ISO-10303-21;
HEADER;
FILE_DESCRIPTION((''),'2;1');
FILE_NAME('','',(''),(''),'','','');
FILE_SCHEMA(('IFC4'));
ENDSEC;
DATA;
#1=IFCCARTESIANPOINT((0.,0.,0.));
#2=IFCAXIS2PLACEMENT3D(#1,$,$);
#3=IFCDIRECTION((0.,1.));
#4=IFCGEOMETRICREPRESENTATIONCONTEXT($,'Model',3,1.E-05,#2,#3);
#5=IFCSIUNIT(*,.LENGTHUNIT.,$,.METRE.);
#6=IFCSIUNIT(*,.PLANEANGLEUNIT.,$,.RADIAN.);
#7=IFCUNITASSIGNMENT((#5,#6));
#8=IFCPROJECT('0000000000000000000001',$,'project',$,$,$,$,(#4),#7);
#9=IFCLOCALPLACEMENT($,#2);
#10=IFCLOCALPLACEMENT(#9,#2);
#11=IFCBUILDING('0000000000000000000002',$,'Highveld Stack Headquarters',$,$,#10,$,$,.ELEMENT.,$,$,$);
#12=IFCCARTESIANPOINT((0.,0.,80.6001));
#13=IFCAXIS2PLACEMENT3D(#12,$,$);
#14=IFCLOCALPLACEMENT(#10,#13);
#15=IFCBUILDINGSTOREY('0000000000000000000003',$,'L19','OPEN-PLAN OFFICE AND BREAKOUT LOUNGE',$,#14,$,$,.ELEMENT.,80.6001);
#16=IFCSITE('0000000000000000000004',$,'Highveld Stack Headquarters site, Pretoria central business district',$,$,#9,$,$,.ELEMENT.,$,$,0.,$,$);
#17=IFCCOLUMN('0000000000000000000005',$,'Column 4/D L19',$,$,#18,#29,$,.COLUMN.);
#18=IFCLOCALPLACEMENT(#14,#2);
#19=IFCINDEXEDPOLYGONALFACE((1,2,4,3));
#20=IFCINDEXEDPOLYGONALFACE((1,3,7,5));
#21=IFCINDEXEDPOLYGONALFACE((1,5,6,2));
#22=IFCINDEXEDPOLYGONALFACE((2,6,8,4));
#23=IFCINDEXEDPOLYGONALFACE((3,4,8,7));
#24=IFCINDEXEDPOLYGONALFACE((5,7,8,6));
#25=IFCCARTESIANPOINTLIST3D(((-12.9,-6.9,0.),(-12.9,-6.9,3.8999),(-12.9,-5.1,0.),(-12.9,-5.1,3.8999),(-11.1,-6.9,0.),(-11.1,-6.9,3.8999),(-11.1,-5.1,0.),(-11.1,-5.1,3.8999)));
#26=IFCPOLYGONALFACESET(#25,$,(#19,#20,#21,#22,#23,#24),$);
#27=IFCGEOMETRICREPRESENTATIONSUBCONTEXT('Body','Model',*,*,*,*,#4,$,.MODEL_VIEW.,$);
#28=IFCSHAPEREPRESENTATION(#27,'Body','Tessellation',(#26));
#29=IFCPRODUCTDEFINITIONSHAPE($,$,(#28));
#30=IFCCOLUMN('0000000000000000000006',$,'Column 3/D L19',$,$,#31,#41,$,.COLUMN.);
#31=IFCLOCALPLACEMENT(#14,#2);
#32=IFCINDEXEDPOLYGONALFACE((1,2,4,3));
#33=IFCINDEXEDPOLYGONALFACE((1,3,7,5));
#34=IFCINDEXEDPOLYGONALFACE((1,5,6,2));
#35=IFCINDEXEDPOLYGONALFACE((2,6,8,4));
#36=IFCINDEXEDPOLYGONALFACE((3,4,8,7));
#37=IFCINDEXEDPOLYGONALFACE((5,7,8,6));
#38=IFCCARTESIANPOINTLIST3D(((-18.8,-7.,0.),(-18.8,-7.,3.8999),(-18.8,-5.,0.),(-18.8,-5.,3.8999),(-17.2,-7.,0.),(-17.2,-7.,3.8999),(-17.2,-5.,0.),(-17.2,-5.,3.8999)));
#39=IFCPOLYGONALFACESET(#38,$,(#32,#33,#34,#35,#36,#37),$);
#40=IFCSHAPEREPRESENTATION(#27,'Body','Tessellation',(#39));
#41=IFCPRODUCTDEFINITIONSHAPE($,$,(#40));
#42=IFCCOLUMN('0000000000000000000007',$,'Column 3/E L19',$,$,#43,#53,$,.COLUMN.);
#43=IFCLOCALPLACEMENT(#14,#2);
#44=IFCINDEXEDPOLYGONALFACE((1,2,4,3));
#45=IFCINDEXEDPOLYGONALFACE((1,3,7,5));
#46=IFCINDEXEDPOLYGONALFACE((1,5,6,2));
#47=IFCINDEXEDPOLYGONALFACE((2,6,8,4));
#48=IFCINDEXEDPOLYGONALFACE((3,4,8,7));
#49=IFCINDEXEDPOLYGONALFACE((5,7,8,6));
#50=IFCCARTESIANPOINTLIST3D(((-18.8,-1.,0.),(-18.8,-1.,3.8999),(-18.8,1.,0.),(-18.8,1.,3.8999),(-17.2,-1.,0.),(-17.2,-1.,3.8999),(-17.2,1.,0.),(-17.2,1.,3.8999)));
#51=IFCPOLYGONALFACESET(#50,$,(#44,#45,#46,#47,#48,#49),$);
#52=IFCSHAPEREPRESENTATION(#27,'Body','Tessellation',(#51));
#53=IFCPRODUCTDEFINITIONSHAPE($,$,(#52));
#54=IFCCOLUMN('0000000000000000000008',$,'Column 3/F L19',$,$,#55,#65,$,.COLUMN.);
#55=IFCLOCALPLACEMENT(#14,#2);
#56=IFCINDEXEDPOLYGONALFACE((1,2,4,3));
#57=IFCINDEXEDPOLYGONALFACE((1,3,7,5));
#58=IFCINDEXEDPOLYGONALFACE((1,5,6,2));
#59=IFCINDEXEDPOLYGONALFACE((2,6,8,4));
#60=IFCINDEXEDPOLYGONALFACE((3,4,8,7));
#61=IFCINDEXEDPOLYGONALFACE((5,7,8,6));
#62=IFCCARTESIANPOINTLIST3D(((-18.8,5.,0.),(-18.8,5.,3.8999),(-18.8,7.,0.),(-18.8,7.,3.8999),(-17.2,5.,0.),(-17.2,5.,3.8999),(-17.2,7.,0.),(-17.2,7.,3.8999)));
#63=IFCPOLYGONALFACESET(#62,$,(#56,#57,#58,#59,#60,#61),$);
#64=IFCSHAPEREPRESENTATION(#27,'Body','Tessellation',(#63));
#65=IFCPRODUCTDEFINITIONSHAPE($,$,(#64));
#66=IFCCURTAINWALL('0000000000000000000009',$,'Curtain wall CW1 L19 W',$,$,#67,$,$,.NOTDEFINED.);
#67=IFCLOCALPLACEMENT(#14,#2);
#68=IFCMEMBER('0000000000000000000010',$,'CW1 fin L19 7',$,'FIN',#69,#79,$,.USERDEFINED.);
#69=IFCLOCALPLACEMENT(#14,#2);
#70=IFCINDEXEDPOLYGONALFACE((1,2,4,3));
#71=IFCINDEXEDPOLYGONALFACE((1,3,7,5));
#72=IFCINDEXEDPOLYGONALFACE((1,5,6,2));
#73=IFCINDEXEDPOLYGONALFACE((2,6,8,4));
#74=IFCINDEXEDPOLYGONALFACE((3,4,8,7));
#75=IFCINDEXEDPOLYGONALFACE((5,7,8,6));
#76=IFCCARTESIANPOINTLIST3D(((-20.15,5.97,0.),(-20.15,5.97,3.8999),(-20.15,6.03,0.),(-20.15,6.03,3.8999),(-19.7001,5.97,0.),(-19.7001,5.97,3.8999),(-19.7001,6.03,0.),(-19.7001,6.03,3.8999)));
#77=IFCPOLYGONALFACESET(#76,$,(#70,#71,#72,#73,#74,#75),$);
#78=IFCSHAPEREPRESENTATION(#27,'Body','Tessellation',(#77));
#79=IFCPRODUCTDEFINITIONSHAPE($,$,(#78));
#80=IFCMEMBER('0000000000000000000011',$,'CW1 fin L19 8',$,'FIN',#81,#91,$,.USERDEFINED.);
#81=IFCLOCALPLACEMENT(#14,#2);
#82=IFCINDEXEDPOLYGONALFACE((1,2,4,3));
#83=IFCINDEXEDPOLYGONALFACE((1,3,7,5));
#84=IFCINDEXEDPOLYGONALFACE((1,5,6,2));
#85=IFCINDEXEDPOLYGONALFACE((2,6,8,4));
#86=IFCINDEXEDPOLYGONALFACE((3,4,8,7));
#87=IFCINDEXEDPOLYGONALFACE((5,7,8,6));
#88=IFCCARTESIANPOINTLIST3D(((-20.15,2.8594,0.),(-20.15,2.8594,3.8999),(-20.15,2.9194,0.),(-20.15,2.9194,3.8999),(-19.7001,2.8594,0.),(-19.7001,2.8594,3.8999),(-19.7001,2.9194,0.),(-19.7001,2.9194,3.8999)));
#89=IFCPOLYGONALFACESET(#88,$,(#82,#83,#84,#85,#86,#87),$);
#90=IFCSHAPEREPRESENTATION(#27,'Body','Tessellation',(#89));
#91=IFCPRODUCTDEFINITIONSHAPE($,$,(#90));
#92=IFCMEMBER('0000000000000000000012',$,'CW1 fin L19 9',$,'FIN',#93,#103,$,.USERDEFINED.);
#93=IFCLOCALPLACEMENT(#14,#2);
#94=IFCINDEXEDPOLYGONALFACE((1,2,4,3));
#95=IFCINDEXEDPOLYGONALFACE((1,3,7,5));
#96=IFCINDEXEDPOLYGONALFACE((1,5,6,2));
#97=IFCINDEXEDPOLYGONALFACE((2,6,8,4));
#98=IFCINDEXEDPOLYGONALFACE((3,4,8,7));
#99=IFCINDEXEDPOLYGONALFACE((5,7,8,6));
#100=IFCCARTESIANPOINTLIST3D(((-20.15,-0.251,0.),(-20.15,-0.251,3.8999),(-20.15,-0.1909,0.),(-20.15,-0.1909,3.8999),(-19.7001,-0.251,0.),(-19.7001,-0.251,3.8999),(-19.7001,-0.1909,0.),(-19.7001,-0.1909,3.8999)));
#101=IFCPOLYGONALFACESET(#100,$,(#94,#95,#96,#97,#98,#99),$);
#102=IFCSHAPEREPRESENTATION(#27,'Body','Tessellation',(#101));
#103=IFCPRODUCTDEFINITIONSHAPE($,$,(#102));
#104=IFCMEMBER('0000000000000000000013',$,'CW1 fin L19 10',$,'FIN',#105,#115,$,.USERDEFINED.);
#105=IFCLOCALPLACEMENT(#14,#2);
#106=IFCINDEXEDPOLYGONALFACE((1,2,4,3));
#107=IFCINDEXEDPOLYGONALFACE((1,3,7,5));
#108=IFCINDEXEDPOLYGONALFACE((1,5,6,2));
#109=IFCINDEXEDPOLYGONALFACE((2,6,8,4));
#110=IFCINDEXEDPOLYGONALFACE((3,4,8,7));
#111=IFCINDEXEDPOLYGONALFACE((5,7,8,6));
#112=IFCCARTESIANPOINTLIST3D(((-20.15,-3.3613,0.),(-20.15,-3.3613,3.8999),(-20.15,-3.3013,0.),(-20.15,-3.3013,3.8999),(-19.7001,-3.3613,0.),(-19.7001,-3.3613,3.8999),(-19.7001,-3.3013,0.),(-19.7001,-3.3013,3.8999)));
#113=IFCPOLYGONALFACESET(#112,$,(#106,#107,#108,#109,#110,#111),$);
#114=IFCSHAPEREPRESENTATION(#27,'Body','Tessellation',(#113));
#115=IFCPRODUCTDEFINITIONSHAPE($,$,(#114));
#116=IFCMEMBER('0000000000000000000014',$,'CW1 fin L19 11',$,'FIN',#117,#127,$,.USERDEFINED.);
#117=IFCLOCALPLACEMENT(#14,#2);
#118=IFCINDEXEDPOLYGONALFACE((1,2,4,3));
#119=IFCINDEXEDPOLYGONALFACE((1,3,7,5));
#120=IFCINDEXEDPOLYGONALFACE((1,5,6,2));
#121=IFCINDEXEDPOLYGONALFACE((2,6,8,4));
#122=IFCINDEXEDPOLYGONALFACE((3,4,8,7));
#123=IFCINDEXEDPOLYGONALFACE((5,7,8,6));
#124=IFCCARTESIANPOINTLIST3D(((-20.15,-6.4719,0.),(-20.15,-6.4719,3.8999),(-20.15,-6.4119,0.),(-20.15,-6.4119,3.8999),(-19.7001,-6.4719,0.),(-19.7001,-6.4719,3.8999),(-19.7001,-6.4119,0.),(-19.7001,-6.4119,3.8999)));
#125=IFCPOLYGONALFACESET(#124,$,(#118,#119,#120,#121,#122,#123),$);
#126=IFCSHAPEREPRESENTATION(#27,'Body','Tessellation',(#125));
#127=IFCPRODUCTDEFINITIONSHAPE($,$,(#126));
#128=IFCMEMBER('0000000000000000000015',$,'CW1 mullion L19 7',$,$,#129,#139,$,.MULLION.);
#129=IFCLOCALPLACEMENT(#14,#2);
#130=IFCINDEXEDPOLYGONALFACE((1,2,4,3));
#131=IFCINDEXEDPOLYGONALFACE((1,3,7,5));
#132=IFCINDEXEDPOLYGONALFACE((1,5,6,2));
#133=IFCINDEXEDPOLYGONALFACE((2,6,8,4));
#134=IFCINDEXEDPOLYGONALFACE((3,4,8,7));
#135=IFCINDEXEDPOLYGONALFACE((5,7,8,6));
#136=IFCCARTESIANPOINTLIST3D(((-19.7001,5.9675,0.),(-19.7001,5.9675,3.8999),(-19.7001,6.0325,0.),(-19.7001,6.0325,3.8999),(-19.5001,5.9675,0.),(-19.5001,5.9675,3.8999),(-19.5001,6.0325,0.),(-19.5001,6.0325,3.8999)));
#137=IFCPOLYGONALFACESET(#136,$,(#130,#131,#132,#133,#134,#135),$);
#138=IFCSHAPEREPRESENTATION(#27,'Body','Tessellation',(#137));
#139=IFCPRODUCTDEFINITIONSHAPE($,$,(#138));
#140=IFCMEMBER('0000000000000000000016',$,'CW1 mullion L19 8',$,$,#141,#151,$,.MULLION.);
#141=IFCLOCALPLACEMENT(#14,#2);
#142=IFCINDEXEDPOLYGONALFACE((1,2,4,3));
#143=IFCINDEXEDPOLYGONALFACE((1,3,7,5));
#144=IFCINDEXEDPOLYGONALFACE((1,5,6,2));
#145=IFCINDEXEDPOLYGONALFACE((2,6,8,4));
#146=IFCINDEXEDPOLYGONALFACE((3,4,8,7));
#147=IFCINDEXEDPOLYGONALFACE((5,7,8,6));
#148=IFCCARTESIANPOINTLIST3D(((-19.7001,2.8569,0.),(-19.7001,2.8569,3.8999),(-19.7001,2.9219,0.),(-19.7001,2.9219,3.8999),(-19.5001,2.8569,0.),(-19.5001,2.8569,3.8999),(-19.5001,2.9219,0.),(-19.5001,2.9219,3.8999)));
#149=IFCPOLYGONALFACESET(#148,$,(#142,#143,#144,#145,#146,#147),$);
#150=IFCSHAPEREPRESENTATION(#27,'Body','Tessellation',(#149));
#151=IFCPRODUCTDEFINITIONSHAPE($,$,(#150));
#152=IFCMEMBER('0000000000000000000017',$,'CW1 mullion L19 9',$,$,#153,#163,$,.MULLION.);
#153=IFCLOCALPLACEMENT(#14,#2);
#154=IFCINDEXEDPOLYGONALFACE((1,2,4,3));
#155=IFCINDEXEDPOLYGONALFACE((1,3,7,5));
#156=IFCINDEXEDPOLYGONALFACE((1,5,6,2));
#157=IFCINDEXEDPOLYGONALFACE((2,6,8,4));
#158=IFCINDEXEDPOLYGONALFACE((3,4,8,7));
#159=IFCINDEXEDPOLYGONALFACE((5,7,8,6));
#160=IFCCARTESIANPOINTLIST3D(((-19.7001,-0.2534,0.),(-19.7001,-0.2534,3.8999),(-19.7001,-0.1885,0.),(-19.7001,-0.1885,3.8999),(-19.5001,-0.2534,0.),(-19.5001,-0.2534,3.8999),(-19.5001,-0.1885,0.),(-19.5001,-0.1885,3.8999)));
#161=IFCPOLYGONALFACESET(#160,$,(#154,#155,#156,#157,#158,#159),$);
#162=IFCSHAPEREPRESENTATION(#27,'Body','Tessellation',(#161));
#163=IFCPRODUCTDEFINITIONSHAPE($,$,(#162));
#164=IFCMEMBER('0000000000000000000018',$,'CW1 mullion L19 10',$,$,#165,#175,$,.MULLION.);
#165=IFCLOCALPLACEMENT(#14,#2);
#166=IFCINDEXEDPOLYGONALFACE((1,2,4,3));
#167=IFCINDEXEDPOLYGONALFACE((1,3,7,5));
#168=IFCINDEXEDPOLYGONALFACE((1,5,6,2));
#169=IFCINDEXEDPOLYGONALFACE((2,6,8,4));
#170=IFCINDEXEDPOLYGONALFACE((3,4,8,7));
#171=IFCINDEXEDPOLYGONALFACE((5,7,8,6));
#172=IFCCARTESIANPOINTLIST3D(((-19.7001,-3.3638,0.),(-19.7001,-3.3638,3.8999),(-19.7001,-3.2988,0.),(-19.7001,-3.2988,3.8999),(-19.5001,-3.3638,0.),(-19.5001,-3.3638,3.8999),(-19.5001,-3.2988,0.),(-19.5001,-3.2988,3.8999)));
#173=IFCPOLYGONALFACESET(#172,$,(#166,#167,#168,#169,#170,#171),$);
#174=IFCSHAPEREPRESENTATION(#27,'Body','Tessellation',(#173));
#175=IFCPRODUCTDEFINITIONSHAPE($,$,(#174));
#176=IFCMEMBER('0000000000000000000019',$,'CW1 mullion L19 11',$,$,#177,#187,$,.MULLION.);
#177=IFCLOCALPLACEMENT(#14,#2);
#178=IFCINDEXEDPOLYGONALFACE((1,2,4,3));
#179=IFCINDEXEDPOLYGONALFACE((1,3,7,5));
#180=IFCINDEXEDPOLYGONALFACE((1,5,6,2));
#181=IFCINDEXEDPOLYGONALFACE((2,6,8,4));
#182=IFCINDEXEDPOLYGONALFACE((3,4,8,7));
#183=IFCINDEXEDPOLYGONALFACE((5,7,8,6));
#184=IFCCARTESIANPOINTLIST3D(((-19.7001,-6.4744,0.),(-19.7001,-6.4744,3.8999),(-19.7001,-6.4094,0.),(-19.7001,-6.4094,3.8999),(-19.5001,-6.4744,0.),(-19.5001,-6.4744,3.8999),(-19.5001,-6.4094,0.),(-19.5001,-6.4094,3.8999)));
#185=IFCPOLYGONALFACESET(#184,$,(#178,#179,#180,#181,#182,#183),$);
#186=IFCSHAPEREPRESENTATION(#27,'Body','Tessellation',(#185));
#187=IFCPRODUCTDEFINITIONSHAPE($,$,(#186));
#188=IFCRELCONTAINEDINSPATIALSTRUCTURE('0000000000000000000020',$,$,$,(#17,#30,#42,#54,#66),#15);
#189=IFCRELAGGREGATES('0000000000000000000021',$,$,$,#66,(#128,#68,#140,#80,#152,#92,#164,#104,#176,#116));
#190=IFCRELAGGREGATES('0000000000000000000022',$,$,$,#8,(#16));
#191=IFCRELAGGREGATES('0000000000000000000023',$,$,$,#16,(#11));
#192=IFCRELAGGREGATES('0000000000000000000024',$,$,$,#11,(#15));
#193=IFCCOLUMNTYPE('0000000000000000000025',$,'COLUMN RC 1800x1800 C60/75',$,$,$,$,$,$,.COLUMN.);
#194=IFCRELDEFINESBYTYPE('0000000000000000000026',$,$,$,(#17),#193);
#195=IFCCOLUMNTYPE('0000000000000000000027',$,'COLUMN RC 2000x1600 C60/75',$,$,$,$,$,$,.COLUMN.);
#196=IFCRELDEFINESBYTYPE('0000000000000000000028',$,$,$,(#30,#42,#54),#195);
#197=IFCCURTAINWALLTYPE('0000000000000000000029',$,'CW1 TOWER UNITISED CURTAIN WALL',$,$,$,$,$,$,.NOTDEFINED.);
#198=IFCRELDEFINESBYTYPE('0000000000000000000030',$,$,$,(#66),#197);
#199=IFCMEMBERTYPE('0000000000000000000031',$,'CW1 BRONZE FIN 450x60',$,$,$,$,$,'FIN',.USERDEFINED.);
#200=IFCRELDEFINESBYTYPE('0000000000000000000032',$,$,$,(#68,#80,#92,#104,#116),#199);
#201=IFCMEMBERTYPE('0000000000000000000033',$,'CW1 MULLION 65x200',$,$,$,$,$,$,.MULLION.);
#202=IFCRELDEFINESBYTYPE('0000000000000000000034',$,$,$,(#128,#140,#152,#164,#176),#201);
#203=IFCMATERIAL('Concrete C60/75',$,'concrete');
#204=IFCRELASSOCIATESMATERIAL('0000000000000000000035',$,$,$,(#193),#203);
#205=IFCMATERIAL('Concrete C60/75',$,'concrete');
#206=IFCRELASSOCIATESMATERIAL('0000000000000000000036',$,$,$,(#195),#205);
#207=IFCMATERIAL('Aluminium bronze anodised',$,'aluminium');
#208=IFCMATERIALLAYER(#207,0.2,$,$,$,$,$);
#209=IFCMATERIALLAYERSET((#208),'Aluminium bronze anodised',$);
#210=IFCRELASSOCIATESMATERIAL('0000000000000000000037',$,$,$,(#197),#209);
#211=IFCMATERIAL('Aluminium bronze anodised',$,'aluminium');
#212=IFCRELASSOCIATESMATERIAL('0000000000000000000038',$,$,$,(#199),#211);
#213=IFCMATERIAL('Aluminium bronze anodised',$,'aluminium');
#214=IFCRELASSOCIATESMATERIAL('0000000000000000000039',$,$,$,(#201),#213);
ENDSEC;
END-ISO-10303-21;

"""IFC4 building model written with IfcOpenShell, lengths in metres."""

from ifc_helpers import new_model, si_unit, direction, frame, origin, origin_2d, place, context, subcontext, project, spatial, rectangle, extrude, material, layer, layer_set, material_profile, profile_set, type_object, element, aggregate, save


model = new_model("IFC4")

# Units and contexts
model_context = context("Model", 3, precision=1e-05, world=origin(), true_north=direction((0.0, 1.0)))
body_context = subcontext(model_context, "Body", "Model", "MODEL_VIEW")
ifc_project = project(units=[si_unit("LENGTHUNIT", "METRE"), si_unit("PLANEANGLEUNIT", "RADIAN")], contexts=[model_context])

# Site, building, storey
site_placement = place(None, origin())
site = spatial("IfcSite", under=ifc_project, at=site_placement, Name="Highveld Stack Headquarters site, Pretoria central business district", CompositionType="ELEMENT", RefElevation=0.0)
building_placement = place(site_placement, origin())
building = spatial("IfcBuilding", under=site, at=building_placement, Name="Highveld Stack Headquarters", CompositionType="ELEMENT")
storey_placement = place(building_placement, frame((0.0, 0.0, 80.6001)))
storey = spatial("IfcBuildingStorey", under=building, at=storey_placement, Name="L19", Description="OPEN-PLAN OFFICE AND BREAKOUT LOUNGE", CompositionType="ELEMENT", Elevation=80.6001)

# Columns
ifc_material_1 = material(Name="Concrete C60/75", Category="concrete")
ifc_material_profile_1 = material_profile(ifc_material_1, rectangle(XDim=1.8, YDim=1.8, at=origin_2d()), Name="RC 1800x1800")
ifc_profile_set_1 = profile_set([ifc_material_profile_1], Name="Concrete C60/75")
column_type_1 = type_object("IfcColumnType", Name="COLUMN RC 1800x1800 C60/75", PredefinedType="COLUMN", material=ifc_profile_set_1)
column_placement = place(storey_placement, frame((-12.0, -6.0, 0.0), z_axis=(0.0, 0.0, 1.0), x_axis=(1.0, 0.0, 0.0)))
element("IfcColumn", 1, at=column_placement, inside=storey, type_object=column_type_1, Name="Column 4/D L19", PredefinedType="COLUMN", context=body_context, shape_type="SweptSolid", body=[
    extrude(rectangle(XDim=1.8, YDim=1.8, at=origin_2d()), origin(), (0.0, 0.0, 1.0), 3.8999),
])
ifc_material_2 = material(Name="Concrete C60/75", Category="concrete")
ifc_material_profile_2 = material_profile(ifc_material_2, rectangle(XDim=2.0, YDim=1.6001, at=origin_2d()), Name="RC 2000x1600")
ifc_profile_set_2 = profile_set([ifc_material_profile_2], Name="Concrete C60/75")
column_type_2 = type_object("IfcColumnType", Name="COLUMN RC 2000x1600 C60/75", PredefinedType="COLUMN", material=ifc_profile_set_2)
for number, where, z_axis, x_axis, name in (
    (2, (-18.0, -6.0, 0.0), (0.0, 0.0, 1.0), (0.0, 1.0, 0.0), "Column 3/D L19"),
    (3, (-18.0, 0.0, 0.0), (0.0, 0.0, 1.0), (0.0, 1.0, 0.0), "Column 3/E L19"),
    (4, (-18.0, 6.0, 0.0), (0.0, 0.0, 1.0), (0.0, 1.0, 0.0), "Column 3/F L19"),
):
    element("IfcColumn", number, at=place(storey_placement, frame(where, z_axis=z_axis, x_axis=x_axis)), inside=storey, type_object=column_type_2, Name=name, PredefinedType="COLUMN", context=body_context, shape_type="SweptSolid", body=[
        extrude(rectangle(XDim=2.0, YDim=1.6001, at=origin_2d()), origin(), (0.0, 0.0, 1.0), 3.8999),
    ])

# Curtain wall, members
ifc_material_3 = material(Name="Aluminium bronze anodised", Category="aluminium")
ifc_layer_1 = layer(ifc_material_3, 0.2)
ifc_layer_set_1 = layer_set([ifc_layer_1], Name="Aluminium bronze anodised")
curtain_wall_type = type_object("IfcCurtainWallType", Name="CW1 TOWER UNITISED CURTAIN WALL", PredefinedType="NOTDEFINED", material=ifc_layer_set_1)
curtain_wall_placement = place(storey_placement, origin())
curtain_wall = element("IfcCurtainWall", 5, at=curtain_wall_placement, inside=storey, type_object=curtain_wall_type, Name="Curtain wall CW1 L19 W", PredefinedType="NOTDEFINED")
ifc_material_4 = material(Name="Aluminium bronze anodised", Category="aluminium")
ifc_material_profile_3 = material_profile(ifc_material_4, rectangle(XDim=0.45, YDim=0.0601, at=origin_2d()), Name="FIN 450x60")
ifc_profile_set_3 = profile_set([ifc_material_profile_3], Name="Aluminium bronze anodised")
member_type_1 = type_object("IfcMemberType", Name="CW1 BRONZE FIN 450x60", ElementType="FIN", PredefinedType="USERDEFINED", material=ifc_profile_set_3)
member_1_placement = place(storey_placement, frame((-19.925, 6.0, 0.0), z_axis=(0.0, 0.0, 1.0), x_axis=(1.0, 0.0, 0.0)))
member_1 = element("IfcMember", 6, at=member_1_placement, type_object=member_type_1, Name="CW1 fin L19 7", ObjectType="FIN", PredefinedType="USERDEFINED", context=body_context, shape_type="SweptSolid", body=[
    extrude(rectangle(XDim=0.45, YDim=0.0601, at=origin_2d()), origin(), (0.0, 0.0, 1.0), 3.8999),
])
member_2_placement = place(storey_placement, frame((-19.925, 2.8894, 0.0), z_axis=(0.0, 0.0, 1.0), x_axis=(1.0, 0.0, 0.0)))
member_2 = element("IfcMember", 7, at=member_2_placement, type_object=member_type_1, Name="CW1 fin L19 8", ObjectType="FIN", PredefinedType="USERDEFINED", context=body_context, shape_type="SweptSolid", body=[
    extrude(rectangle(XDim=0.45, YDim=0.0601, at=origin_2d()), origin(), (0.0, 0.0, 1.0), 3.8999),
])
member_3_placement = place(storey_placement, frame((-19.925, -0.2209, 0.0), z_axis=(0.0, 0.0, 1.0), x_axis=(1.0, 0.0, 0.0)))
member_3 = element("IfcMember", 8, at=member_3_placement, type_object=member_type_1, Name="CW1 fin L19 9", ObjectType="FIN", PredefinedType="USERDEFINED", context=body_context, shape_type="SweptSolid", body=[
    extrude(rectangle(XDim=0.45, YDim=0.0601, at=origin_2d()), origin(), (0.0, 0.0, 1.0), 3.8999),
])
member_4_placement = place(storey_placement, frame((-19.925, -3.3313, 0.0), z_axis=(0.0, 0.0, 1.0), x_axis=(1.0, 0.0, 0.0)))
member_4 = element("IfcMember", 9, at=member_4_placement, type_object=member_type_1, Name="CW1 fin L19 10", ObjectType="FIN", PredefinedType="USERDEFINED", context=body_context, shape_type="SweptSolid", body=[
    extrude(rectangle(XDim=0.45, YDim=0.0601, at=origin_2d()), origin(), (0.0, 0.0, 1.0), 3.8999),
])
member_5_placement = place(storey_placement, frame((-19.925, -6.4419, 0.0), z_axis=(0.0, 0.0, 1.0), x_axis=(1.0, 0.0, 0.0)))
member_5 = element("IfcMember", 10, at=member_5_placement, type_object=member_type_1, Name="CW1 fin L19 11", ObjectType="FIN", PredefinedType="USERDEFINED", context=body_context, shape_type="SweptSolid", body=[
    extrude(rectangle(XDim=0.45, YDim=0.0601, at=origin_2d()), origin(), (0.0, 0.0, 1.0), 3.8999),
])
ifc_material_5 = material(Name="Aluminium bronze anodised", Category="aluminium")
ifc_material_profile_4 = material_profile(ifc_material_5, rectangle(XDim=0.2, YDim=0.0649, at=origin_2d()), Name="CW1 MULLION 65x200")
ifc_profile_set_4 = profile_set([ifc_material_profile_4], Name="Aluminium bronze anodised")
member_type_2 = type_object("IfcMemberType", Name="CW1 MULLION 65x200", PredefinedType="MULLION", material=ifc_profile_set_4)
member_6_placement = place(storey_placement, frame((-19.6001, 6.0, 0.0), z_axis=(0.0, 0.0, 1.0), x_axis=(1.0, 0.0, 0.0)))
member_6 = element("IfcMember", 11, at=member_6_placement, type_object=member_type_2, Name="CW1 mullion L19 7", PredefinedType="MULLION", context=body_context, shape_type="SweptSolid", body=[
    extrude(rectangle(XDim=0.2, YDim=0.0649, at=origin_2d()), origin(), (0.0, 0.0, 1.0), 3.8999),
])
member_7_placement = place(storey_placement, frame((-19.6001, 2.8894, 0.0), z_axis=(0.0, 0.0, 1.0), x_axis=(1.0, 0.0, 0.0)))
member_7 = element("IfcMember", 12, at=member_7_placement, type_object=member_type_2, Name="CW1 mullion L19 8", PredefinedType="MULLION", context=body_context, shape_type="SweptSolid", body=[
    extrude(rectangle(XDim=0.2, YDim=0.0649, at=origin_2d()), origin(), (0.0, 0.0, 1.0), 3.8999),
])
member_8_placement = place(storey_placement, frame((-19.6001, -0.2209, 0.0), z_axis=(0.0, 0.0, 1.0), x_axis=(1.0, 0.0, 0.0)))
member_8 = element("IfcMember", 13, at=member_8_placement, type_object=member_type_2, Name="CW1 mullion L19 9", PredefinedType="MULLION", context=body_context, shape_type="SweptSolid", body=[
    extrude(rectangle(XDim=0.2, YDim=0.0649, at=origin_2d()), origin(), (0.0, 0.0, 1.0), 3.8999),
])
member_9_placement = place(storey_placement, frame((-19.6001, -3.3313, 0.0), z_axis=(0.0, 0.0, 1.0), x_axis=(1.0, 0.0, 0.0)))
member_9 = element("IfcMember", 14, at=member_9_placement, type_object=member_type_2, Name="CW1 mullion L19 10", PredefinedType="MULLION", context=body_context, shape_type="SweptSolid", body=[
    extrude(rectangle(XDim=0.2, YDim=0.0649, at=origin_2d()), origin(), (0.0, 0.0, 1.0), 3.8999),
])
member_10_placement = place(storey_placement, frame((-19.6001, -6.4419, 0.0), z_axis=(0.0, 0.0, 1.0), x_axis=(1.0, 0.0, 0.0)))
member_10 = element("IfcMember", 15, at=member_10_placement, type_object=member_type_2, Name="CW1 mullion L19 11", PredefinedType="MULLION", context=body_context, shape_type="SweptSolid", body=[
    extrude(rectangle(XDim=0.2, YDim=0.0649, at=origin_2d()), origin(), (0.0, 0.0, 1.0), 3.8999),
])
aggregate(curtain_wall, [member_6, member_1, member_7, member_2, member_8, member_3, member_9, member_4, member_10, member_5])

save(model, "model.ifc")
